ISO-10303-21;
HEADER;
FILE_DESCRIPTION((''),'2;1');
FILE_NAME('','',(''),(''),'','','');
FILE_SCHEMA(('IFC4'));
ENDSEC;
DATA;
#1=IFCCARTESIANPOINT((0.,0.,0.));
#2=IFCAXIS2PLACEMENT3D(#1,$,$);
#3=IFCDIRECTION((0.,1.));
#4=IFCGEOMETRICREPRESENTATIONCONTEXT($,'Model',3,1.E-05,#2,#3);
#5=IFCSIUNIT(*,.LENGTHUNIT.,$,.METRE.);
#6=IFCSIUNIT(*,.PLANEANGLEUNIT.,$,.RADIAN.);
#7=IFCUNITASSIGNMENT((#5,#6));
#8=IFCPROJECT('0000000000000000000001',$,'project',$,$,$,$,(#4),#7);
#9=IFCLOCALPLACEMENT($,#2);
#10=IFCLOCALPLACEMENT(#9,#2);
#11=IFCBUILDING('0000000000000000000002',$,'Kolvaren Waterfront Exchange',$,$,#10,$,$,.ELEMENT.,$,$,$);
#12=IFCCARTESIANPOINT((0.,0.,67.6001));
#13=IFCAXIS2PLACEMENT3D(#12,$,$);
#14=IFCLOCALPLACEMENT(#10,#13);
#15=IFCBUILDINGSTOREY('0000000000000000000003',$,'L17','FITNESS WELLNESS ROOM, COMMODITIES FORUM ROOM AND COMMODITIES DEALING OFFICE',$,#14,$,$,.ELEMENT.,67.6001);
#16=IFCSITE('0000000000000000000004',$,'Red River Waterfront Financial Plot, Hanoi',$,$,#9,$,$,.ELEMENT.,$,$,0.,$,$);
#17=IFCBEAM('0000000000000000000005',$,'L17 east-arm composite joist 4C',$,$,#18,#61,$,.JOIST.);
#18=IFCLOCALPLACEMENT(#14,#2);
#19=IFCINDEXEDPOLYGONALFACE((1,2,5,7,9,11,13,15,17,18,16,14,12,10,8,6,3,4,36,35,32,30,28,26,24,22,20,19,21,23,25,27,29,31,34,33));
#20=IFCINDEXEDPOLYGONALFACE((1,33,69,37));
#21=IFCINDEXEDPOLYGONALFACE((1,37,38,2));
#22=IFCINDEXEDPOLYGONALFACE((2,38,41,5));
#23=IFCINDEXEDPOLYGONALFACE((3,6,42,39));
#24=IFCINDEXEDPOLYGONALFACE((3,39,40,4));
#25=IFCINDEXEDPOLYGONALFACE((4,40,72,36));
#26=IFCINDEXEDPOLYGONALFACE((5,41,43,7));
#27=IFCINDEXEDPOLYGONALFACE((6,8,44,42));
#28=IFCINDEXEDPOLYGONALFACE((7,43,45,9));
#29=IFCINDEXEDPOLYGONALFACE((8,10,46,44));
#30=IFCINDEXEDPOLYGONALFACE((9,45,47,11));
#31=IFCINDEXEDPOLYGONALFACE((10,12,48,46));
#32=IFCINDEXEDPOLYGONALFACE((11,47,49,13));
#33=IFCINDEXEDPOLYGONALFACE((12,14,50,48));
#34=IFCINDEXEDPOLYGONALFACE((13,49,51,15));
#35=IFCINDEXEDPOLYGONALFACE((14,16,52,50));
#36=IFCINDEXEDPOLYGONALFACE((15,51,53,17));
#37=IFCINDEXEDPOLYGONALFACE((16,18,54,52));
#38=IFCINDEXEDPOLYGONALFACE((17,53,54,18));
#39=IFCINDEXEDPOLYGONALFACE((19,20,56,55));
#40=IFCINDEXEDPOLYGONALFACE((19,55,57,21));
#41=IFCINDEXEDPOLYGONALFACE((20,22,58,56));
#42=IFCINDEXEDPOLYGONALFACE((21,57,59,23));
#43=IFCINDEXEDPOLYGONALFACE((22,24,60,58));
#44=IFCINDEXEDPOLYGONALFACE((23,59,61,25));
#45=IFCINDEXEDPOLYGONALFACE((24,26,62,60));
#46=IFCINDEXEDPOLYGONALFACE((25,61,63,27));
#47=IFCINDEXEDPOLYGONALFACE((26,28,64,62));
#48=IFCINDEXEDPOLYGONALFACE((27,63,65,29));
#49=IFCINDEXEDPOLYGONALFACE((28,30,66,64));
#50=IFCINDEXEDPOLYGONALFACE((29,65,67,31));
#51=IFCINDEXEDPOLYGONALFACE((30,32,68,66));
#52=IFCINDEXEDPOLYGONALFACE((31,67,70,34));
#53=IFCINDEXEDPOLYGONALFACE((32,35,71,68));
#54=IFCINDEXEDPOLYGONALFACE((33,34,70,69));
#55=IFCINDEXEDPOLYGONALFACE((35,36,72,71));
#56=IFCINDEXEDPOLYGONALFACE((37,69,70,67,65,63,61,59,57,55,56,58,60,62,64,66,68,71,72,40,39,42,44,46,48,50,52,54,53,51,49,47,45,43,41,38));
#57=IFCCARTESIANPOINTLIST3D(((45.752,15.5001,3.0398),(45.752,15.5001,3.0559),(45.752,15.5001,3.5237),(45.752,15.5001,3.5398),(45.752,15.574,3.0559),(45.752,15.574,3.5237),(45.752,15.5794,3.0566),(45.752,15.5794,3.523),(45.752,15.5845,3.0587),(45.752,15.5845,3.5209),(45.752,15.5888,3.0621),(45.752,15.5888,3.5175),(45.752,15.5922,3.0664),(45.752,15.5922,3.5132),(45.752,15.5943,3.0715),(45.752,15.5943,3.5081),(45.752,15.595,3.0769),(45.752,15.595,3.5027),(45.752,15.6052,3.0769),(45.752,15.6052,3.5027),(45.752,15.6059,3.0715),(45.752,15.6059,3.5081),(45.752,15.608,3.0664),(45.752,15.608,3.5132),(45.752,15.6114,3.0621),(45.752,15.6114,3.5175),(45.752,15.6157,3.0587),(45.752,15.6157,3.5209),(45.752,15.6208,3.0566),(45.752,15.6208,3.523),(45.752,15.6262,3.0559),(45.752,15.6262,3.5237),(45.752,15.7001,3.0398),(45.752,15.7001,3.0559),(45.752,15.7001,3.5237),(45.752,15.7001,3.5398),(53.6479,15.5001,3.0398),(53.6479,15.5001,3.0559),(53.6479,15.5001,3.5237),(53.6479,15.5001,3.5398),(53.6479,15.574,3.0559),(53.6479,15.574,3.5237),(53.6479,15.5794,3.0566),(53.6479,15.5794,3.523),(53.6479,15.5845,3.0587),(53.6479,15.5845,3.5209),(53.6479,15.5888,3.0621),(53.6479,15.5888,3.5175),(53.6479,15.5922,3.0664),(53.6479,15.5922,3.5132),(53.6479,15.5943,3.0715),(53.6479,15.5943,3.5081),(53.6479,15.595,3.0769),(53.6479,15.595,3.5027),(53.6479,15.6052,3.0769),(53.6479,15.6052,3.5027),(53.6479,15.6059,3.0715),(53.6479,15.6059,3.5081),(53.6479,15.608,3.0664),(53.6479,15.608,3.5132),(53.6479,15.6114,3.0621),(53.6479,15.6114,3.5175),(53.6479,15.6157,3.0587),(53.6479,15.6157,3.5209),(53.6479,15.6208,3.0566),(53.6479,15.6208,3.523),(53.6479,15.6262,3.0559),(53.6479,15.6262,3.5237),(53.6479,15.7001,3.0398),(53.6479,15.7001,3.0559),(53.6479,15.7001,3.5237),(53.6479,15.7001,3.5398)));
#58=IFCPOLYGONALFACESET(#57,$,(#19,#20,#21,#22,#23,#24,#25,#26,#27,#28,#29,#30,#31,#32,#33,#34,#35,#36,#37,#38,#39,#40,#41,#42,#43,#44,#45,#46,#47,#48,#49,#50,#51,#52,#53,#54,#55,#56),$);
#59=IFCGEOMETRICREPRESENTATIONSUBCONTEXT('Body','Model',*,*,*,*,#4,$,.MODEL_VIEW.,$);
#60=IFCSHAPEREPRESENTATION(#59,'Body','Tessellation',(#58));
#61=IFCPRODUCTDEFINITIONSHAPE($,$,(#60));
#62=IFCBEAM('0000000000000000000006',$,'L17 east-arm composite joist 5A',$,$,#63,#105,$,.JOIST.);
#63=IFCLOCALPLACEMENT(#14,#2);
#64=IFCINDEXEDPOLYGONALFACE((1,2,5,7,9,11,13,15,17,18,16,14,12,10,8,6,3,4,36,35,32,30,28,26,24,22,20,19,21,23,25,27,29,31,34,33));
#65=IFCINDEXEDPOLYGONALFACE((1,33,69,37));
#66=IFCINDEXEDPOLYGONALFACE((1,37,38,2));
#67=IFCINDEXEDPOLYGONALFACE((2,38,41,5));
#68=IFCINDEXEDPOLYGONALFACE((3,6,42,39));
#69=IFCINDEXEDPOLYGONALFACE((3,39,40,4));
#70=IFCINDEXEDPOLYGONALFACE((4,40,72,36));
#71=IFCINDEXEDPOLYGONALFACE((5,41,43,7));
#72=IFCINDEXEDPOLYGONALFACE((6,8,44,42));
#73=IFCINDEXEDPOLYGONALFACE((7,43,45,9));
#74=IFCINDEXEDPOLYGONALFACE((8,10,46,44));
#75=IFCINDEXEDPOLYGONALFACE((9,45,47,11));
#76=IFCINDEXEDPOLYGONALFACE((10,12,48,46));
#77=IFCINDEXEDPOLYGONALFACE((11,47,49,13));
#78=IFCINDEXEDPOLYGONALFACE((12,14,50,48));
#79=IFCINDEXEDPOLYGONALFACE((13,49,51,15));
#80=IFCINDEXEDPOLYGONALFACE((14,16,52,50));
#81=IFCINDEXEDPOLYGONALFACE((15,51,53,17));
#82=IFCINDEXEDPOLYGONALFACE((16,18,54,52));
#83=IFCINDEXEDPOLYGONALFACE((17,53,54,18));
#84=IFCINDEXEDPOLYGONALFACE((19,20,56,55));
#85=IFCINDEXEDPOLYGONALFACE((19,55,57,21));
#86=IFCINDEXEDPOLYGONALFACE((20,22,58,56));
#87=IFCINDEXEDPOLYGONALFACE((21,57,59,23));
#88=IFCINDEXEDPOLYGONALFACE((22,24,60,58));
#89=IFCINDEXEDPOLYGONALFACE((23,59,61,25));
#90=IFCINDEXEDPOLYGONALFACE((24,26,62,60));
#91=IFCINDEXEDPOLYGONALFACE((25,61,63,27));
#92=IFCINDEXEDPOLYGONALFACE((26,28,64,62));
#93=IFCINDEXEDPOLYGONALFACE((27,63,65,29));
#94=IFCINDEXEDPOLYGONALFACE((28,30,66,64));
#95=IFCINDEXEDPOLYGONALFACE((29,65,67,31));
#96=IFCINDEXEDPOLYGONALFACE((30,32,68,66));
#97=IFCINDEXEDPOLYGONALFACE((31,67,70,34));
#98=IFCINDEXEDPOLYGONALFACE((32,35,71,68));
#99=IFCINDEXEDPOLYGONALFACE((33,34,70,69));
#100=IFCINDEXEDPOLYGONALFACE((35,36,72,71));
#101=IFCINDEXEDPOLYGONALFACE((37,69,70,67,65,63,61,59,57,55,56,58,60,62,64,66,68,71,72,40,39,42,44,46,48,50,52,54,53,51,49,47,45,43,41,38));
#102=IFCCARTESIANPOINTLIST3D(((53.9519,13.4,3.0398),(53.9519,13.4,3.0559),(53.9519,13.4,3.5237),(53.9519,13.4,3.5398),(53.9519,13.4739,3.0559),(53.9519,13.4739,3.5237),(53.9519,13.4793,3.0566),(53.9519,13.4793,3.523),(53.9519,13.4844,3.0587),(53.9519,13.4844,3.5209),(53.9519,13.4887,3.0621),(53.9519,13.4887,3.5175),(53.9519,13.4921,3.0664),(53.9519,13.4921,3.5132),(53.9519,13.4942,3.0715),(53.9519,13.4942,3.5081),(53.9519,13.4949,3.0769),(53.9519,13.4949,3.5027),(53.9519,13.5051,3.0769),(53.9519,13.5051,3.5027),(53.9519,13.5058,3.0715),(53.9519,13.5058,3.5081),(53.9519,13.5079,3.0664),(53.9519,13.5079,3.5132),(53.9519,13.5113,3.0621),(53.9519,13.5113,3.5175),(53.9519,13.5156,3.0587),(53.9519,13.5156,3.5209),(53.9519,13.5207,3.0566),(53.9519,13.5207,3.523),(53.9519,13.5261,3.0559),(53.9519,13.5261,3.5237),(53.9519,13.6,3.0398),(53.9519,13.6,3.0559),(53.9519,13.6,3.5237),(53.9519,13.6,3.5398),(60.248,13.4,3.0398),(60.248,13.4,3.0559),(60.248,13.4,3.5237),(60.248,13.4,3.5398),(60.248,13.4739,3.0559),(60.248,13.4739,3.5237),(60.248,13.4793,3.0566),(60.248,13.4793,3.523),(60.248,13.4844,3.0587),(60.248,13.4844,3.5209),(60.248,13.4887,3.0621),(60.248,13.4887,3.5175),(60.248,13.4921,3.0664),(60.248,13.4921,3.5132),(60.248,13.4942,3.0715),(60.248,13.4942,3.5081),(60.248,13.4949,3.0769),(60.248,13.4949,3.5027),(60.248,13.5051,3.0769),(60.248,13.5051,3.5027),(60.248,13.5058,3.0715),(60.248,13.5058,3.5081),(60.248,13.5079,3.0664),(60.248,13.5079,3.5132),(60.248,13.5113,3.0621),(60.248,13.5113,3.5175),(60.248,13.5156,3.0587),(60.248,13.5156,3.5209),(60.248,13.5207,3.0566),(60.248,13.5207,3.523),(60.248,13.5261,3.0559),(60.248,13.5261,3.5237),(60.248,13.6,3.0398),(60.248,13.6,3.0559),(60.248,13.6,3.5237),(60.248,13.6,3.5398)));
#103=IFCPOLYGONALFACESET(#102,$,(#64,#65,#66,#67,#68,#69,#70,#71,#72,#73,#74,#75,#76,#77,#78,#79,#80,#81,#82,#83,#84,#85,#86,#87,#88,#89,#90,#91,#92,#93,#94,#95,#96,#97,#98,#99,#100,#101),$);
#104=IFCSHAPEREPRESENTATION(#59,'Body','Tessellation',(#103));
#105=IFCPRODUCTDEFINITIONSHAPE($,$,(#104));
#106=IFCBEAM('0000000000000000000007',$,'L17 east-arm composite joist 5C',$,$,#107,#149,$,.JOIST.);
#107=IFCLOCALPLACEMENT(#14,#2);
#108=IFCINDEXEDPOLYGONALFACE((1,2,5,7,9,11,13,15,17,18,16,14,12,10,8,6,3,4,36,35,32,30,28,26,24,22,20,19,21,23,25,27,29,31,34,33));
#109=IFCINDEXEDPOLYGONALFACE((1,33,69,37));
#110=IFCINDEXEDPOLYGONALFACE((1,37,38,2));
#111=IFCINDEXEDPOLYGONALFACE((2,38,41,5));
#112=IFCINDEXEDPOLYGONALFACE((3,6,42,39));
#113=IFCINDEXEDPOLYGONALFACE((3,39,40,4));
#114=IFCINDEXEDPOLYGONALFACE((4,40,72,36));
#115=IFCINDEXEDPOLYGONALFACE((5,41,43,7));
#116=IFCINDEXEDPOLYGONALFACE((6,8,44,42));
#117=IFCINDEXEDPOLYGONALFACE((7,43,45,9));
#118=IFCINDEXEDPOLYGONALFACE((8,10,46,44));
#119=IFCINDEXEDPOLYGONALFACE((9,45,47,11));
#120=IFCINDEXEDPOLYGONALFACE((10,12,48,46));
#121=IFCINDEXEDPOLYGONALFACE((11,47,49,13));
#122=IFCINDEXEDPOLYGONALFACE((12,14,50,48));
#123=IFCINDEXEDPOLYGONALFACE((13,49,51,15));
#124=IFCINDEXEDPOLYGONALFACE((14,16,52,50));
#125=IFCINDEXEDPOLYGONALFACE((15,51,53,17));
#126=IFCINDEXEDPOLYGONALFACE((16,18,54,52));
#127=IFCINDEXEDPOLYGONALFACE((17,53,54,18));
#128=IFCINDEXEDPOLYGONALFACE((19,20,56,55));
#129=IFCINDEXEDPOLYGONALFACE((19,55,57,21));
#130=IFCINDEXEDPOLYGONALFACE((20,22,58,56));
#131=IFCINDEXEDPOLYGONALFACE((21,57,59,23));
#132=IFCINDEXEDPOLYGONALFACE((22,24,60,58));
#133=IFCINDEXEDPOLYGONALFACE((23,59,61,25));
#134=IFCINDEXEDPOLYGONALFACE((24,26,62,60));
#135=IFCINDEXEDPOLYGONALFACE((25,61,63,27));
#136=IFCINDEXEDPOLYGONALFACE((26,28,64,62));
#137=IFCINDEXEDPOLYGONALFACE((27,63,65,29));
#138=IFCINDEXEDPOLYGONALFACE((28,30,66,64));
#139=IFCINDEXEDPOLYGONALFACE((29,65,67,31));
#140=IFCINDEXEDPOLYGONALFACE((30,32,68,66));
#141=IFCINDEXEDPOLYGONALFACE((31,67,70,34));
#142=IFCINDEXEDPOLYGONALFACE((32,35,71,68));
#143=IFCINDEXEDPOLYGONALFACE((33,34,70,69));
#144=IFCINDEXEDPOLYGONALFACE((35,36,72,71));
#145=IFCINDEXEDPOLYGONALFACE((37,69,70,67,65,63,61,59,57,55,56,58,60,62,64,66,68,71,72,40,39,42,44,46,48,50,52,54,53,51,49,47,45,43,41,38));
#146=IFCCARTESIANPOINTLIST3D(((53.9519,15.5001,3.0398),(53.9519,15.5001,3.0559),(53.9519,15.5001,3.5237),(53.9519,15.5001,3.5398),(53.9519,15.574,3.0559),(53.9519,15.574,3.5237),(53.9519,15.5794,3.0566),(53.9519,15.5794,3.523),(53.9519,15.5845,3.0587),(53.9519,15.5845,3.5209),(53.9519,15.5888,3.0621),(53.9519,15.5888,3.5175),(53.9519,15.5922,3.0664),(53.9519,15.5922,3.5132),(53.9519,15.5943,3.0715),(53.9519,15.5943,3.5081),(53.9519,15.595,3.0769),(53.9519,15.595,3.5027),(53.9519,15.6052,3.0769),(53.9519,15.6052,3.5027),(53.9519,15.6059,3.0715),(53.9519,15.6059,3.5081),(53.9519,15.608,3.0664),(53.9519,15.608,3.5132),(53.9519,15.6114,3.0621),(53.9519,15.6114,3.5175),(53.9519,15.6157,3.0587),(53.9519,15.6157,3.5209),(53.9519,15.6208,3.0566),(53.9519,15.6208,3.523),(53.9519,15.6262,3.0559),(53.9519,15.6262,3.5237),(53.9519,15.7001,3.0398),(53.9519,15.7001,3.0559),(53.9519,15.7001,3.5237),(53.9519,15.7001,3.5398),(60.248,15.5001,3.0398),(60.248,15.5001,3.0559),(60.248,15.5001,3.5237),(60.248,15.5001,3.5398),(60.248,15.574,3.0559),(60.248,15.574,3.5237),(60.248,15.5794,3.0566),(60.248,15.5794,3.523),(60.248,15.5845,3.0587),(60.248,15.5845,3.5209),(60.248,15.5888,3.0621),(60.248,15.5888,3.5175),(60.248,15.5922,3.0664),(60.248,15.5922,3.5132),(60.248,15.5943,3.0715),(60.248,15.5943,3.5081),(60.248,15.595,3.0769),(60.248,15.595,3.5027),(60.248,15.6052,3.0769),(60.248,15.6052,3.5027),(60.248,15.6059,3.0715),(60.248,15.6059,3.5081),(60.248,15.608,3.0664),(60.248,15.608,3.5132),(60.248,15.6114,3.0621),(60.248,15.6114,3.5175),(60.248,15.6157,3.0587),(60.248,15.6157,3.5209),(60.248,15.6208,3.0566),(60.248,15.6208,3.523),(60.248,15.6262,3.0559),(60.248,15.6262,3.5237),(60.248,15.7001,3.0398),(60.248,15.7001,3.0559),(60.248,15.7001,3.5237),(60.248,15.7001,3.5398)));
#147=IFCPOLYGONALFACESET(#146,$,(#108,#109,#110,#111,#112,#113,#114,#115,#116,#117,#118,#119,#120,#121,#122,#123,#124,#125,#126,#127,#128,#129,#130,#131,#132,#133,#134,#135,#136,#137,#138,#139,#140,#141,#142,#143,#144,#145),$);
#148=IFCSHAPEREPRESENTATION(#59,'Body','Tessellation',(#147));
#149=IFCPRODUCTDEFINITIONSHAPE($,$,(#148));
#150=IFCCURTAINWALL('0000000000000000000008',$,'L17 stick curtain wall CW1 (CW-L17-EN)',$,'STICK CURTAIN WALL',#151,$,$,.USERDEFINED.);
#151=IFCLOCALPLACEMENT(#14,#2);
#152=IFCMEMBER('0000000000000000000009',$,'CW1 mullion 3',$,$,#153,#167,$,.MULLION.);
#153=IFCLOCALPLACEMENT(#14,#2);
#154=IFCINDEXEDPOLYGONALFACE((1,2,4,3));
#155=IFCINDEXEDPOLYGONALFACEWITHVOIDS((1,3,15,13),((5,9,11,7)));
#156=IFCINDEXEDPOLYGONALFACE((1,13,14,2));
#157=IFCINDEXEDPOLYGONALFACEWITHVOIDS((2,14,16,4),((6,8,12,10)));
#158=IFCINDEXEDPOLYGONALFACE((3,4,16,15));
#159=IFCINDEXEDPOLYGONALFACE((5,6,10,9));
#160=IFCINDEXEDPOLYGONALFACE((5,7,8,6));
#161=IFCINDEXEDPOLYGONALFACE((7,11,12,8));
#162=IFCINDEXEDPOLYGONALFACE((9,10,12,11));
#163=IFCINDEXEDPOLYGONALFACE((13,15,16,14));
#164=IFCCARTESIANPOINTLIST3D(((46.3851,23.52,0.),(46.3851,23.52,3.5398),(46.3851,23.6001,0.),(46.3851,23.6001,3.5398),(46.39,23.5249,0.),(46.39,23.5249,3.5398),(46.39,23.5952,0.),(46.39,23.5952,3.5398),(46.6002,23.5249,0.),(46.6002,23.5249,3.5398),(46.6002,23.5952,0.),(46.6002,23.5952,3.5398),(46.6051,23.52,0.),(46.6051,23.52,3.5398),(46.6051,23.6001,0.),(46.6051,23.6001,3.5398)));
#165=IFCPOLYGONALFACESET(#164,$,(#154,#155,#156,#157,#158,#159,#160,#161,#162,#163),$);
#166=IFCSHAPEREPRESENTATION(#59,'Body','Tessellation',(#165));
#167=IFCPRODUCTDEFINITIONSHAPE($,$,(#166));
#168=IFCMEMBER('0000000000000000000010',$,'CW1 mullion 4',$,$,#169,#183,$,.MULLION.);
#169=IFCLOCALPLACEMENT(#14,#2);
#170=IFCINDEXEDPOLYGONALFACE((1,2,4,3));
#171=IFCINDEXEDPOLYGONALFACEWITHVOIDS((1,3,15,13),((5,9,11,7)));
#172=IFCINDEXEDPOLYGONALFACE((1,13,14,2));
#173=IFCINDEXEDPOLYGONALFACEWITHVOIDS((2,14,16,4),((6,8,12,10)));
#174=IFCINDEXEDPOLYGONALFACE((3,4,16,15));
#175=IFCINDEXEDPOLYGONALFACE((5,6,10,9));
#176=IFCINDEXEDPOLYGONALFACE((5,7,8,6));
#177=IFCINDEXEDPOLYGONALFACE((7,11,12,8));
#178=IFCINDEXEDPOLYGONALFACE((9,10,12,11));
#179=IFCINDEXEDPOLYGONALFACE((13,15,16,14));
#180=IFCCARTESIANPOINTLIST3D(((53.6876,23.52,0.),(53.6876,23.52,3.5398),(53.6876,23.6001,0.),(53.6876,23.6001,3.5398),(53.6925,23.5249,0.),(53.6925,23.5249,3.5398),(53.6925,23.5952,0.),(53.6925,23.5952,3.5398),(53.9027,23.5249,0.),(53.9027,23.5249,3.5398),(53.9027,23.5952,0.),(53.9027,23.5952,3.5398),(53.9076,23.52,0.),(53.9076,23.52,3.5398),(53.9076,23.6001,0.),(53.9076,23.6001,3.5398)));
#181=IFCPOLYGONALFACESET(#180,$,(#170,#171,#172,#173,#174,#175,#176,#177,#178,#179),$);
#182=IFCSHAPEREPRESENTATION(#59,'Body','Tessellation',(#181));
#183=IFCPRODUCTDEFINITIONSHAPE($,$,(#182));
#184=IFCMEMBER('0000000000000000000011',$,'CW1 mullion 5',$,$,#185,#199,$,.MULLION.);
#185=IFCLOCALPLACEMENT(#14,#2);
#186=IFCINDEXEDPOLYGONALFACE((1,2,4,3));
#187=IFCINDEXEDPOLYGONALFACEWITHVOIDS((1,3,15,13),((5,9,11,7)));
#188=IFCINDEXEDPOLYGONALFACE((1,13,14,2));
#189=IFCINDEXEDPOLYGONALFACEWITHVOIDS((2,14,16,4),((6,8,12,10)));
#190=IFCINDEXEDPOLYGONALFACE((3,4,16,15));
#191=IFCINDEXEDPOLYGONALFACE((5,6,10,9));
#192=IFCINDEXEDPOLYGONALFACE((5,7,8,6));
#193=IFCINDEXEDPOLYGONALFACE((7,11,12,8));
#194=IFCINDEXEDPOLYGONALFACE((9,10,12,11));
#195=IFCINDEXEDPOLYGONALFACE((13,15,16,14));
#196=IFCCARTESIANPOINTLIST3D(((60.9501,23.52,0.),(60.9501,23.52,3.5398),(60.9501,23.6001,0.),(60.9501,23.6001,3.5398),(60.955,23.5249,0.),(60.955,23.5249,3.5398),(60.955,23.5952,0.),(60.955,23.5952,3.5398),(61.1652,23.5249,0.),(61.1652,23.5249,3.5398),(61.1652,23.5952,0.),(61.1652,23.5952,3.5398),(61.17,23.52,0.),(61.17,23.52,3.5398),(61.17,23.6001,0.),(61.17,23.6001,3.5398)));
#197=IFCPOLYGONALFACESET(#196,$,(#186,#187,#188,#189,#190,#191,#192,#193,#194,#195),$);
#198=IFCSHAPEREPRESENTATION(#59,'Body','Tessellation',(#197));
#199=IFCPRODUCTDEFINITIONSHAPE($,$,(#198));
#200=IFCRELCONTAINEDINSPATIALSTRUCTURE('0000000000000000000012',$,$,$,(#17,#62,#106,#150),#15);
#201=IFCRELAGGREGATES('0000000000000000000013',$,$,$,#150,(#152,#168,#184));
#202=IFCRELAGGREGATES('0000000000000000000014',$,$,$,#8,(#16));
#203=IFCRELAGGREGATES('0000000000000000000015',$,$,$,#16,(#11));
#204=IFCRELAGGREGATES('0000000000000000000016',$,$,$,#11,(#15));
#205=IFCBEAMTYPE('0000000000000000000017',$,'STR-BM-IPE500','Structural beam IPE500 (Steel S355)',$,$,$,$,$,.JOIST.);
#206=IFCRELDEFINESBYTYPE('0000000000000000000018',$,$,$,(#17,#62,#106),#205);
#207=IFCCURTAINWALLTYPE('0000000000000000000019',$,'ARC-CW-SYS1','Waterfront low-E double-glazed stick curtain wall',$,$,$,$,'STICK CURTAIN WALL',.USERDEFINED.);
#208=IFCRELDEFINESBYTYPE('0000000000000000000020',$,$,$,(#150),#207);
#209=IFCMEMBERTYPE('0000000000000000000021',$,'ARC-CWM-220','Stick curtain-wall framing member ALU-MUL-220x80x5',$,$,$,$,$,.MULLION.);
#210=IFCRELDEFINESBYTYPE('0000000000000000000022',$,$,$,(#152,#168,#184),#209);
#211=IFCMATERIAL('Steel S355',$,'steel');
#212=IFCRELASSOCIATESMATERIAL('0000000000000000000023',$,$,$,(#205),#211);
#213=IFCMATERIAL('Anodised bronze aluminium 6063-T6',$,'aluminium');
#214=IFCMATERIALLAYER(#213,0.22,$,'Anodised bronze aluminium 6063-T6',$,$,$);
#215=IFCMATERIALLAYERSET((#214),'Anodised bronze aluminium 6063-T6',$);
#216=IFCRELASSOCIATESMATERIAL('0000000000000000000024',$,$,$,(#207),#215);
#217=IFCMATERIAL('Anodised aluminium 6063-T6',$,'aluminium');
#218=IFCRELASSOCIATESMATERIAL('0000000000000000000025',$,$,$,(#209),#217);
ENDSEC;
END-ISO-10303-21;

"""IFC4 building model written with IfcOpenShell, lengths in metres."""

from ifc_helpers import new_model, si_unit, direction, frame, origin, origin_with_axes, origin_2d, place, context, subcontext, project, spatial, hollow_rectangle, i_section, extrude, source, transform, mapped, material, layer, layer_set, material_profile, profile_set, type_object, element, aggregate, save


model = new_model("IFC4")

# Units and contexts
model_context = context("Model", 3, precision=1e-05, world=origin(), true_north=direction((0.0, 1.0)))
body_context = subcontext(model_context, "Body", "Model", "MODEL_VIEW")
ifc_project = project(units=[si_unit("LENGTHUNIT", "METRE"), si_unit("PLANEANGLEUNIT", "RADIAN")], contexts=[model_context])

# Site, building, storey
site_placement = place(None, origin())
site = spatial("IfcSite", under=ifc_project, at=site_placement, Name="Red River Waterfront Financial Plot, Hanoi", CompositionType="ELEMENT", RefElevation=0.0)
building_placement = place(site_placement, origin())
building = spatial("IfcBuilding", under=site, at=building_placement, Name="Kolvaren Waterfront Exchange", CompositionType="ELEMENT")
storey_placement = place(building_placement, frame((0.0, 0.0, 67.6001)))
storey = spatial("IfcBuildingStorey", under=building, at=storey_placement, Name="L17", Description="FITNESS WELLNESS ROOM, COMMODITIES FORUM ROOM AND COMMODITIES DEALING OFFICE", CompositionType="ELEMENT", Elevation=67.6001)

# Beams
ifc_material_1 = material(Name="Steel S355", Category="steel")
ifc_material_profile_1 = material_profile(ifc_material_1, i_section(OverallWidth=0.2, OverallDepth=0.5, WebThickness=0.0103, FlangeThickness=0.0161, FilletRadius=0.021, at=origin_2d()), Name="IPE500")
ifc_profile_set_1 = profile_set([ifc_material_profile_1], Name="Steel S355")
beam_type_1 = type_object("IfcBeamType", Name="STR-BM-IPE500", Description="Structural beam IPE500 (Steel S355)", PredefinedType="JOIST", material=ifc_profile_set_1)
for number, where, z_axis, x_axis, name in (
    (1, (45.752, 15.6001, 3.2898), (1.0, 0.0, 0.0), (0.0, 1.0, 0.0), "L17 east-arm composite joist 4C"),
):
    element("IfcBeam", number, at=place(storey_placement, frame(where, z_axis=z_axis, x_axis=x_axis)), inside=storey, type_object=beam_type_1, Name=name, PredefinedType="JOIST", context=body_context, shape_type="SweptSolid", body=[
        extrude(i_section(OverallWidth=0.2, OverallDepth=0.5, WebThickness=0.0103, FlangeThickness=0.0161, FilletRadius=0.021, at=origin_2d()), origin(), (0.0, 0.0, 1.0), 7.896),
    ])
for number, where, z_axis, x_axis, name in (
    (2, (53.9519, 13.5, 3.2898), (1.0, 0.0, 0.0), (0.0, 1.0, 0.0), "L17 east-arm composite joist 5A"),
    (3, (53.9519, 15.6001, 3.2898), (1.0, 0.0, 0.0), (0.0, 1.0, 0.0), "L17 east-arm composite joist 5C"),
):
    element("IfcBeam", number, at=place(storey_placement, frame(where, z_axis=z_axis, x_axis=x_axis)), inside=storey, type_object=beam_type_1, Name=name, PredefinedType="JOIST", context=body_context, shape_type="SweptSolid", body=[
        extrude(i_section(OverallWidth=0.2, OverallDepth=0.5, WebThickness=0.0103, FlangeThickness=0.0161, FilletRadius=0.021, at=origin_2d()), origin(), (0.0, 0.0, 1.0), 6.2961),
    ])

# Curtain wall, members
ifc_material_2 = material(Name="Anodised bronze aluminium 6063-T6", Category="aluminium")
ifc_layer_1 = layer(ifc_material_2, 0.22, Name="Anodised bronze aluminium 6063-T6")
ifc_layer_set_1 = layer_set([ifc_layer_1], Name="Anodised bronze aluminium 6063-T6")
curtain_wall_type = type_object("IfcCurtainWallType", Name="ARC-CW-SYS1", Description="Waterfront low-E double-glazed stick curtain wall", ElementType="STICK CURTAIN WALL", PredefinedType="USERDEFINED", material=ifc_layer_set_1)
curtain_wall_placement = place(storey_placement, origin())
curtain_wall = element("IfcCurtainWall", 4, at=curtain_wall_placement, inside=storey, type_object=curtain_wall_type, Name="L17 stick curtain wall CW1 (CW-L17-EN)", ObjectType="STICK CURTAIN WALL", PredefinedType="USERDEFINED")
ifc_material_3 = material(Name="Anodised aluminium 6063-T6", Category="aluminium")
ifc_material_profile_2 = material_profile(ifc_material_3, hollow_rectangle(XDim=0.0801, YDim=0.22, WallThickness=0.0049, at=origin_2d()), Name="ALU-MUL-220x80x5")
ifc_profile_set_2 = profile_set([ifc_material_profile_2], Name="Anodised aluminium 6063-T6")
member_type_1 = type_object("IfcMemberType", Name="ARC-CWM-220", Description="Stick curtain-wall framing member ALU-MUL-220x80x5", PredefinedType="MULLION", material=ifc_profile_set_2)
shared_shape_1 = source(origin_with_axes(), body_context, "Body", "SweptSolid", [
    extrude(hollow_rectangle(XDim=0.0801, YDim=0.22, WallThickness=0.0049, at=origin_2d()), origin(), (0.0, 0.0, 1.0), 3.5398),
])
member_1_placement = place(storey_placement, frame((46.4951, 23.5601, 0.0), z_axis=(0.0, 0.0, 1.0), x_axis=(0.0, 1.0, 0.0)))
member_1 = element("IfcMember", 5, at=member_1_placement, type_object=member_type_1, Name="CW1 mullion 3", PredefinedType="MULLION", context=body_context, shape_type="MappedRepresentation", body=[
    mapped(shared_shape_1, transform((0.0, 0.0, 0.0), x_axis=(1.0, 0.0, 0.0), y_axis=(0.0, 1.0, 0.0), z_axis=(0.0, 0.0, 1.0), scale=1.0)),
])
member_2_placement = place(storey_placement, frame((53.7976, 23.5601, 0.0), z_axis=(0.0, 0.0, 1.0), x_axis=(0.0, 1.0, 0.0)))
member_2 = element("IfcMember", 6, at=member_2_placement, type_object=member_type_1, Name="CW1 mullion 4", PredefinedType="MULLION", context=body_context, shape_type="MappedRepresentation", body=[
    mapped(shared_shape_1, transform((0.0, 0.0, 0.0), x_axis=(1.0, 0.0, 0.0), y_axis=(0.0, 1.0, 0.0), z_axis=(0.0, 0.0, 1.0), scale=1.0)),
])
member_3_placement = place(storey_placement, frame((61.0601, 23.5601, 0.0), z_axis=(0.0, 0.0, 1.0), x_axis=(0.0, 1.0, 0.0)))
member_3 = element("IfcMember", 7, at=member_3_placement, type_object=member_type_1, Name="CW1 mullion 5", PredefinedType="MULLION", context=body_context, shape_type="MappedRepresentation", body=[
    mapped(shared_shape_1, transform((0.0, 0.0, 0.0), x_axis=(1.0, 0.0, 0.0), y_axis=(0.0, 1.0, 0.0), z_axis=(0.0, 0.0, 1.0), scale=1.0)),
])
aggregate(curtain_wall, [member_1, member_2, member_3])

save(model, "model.ifc")
